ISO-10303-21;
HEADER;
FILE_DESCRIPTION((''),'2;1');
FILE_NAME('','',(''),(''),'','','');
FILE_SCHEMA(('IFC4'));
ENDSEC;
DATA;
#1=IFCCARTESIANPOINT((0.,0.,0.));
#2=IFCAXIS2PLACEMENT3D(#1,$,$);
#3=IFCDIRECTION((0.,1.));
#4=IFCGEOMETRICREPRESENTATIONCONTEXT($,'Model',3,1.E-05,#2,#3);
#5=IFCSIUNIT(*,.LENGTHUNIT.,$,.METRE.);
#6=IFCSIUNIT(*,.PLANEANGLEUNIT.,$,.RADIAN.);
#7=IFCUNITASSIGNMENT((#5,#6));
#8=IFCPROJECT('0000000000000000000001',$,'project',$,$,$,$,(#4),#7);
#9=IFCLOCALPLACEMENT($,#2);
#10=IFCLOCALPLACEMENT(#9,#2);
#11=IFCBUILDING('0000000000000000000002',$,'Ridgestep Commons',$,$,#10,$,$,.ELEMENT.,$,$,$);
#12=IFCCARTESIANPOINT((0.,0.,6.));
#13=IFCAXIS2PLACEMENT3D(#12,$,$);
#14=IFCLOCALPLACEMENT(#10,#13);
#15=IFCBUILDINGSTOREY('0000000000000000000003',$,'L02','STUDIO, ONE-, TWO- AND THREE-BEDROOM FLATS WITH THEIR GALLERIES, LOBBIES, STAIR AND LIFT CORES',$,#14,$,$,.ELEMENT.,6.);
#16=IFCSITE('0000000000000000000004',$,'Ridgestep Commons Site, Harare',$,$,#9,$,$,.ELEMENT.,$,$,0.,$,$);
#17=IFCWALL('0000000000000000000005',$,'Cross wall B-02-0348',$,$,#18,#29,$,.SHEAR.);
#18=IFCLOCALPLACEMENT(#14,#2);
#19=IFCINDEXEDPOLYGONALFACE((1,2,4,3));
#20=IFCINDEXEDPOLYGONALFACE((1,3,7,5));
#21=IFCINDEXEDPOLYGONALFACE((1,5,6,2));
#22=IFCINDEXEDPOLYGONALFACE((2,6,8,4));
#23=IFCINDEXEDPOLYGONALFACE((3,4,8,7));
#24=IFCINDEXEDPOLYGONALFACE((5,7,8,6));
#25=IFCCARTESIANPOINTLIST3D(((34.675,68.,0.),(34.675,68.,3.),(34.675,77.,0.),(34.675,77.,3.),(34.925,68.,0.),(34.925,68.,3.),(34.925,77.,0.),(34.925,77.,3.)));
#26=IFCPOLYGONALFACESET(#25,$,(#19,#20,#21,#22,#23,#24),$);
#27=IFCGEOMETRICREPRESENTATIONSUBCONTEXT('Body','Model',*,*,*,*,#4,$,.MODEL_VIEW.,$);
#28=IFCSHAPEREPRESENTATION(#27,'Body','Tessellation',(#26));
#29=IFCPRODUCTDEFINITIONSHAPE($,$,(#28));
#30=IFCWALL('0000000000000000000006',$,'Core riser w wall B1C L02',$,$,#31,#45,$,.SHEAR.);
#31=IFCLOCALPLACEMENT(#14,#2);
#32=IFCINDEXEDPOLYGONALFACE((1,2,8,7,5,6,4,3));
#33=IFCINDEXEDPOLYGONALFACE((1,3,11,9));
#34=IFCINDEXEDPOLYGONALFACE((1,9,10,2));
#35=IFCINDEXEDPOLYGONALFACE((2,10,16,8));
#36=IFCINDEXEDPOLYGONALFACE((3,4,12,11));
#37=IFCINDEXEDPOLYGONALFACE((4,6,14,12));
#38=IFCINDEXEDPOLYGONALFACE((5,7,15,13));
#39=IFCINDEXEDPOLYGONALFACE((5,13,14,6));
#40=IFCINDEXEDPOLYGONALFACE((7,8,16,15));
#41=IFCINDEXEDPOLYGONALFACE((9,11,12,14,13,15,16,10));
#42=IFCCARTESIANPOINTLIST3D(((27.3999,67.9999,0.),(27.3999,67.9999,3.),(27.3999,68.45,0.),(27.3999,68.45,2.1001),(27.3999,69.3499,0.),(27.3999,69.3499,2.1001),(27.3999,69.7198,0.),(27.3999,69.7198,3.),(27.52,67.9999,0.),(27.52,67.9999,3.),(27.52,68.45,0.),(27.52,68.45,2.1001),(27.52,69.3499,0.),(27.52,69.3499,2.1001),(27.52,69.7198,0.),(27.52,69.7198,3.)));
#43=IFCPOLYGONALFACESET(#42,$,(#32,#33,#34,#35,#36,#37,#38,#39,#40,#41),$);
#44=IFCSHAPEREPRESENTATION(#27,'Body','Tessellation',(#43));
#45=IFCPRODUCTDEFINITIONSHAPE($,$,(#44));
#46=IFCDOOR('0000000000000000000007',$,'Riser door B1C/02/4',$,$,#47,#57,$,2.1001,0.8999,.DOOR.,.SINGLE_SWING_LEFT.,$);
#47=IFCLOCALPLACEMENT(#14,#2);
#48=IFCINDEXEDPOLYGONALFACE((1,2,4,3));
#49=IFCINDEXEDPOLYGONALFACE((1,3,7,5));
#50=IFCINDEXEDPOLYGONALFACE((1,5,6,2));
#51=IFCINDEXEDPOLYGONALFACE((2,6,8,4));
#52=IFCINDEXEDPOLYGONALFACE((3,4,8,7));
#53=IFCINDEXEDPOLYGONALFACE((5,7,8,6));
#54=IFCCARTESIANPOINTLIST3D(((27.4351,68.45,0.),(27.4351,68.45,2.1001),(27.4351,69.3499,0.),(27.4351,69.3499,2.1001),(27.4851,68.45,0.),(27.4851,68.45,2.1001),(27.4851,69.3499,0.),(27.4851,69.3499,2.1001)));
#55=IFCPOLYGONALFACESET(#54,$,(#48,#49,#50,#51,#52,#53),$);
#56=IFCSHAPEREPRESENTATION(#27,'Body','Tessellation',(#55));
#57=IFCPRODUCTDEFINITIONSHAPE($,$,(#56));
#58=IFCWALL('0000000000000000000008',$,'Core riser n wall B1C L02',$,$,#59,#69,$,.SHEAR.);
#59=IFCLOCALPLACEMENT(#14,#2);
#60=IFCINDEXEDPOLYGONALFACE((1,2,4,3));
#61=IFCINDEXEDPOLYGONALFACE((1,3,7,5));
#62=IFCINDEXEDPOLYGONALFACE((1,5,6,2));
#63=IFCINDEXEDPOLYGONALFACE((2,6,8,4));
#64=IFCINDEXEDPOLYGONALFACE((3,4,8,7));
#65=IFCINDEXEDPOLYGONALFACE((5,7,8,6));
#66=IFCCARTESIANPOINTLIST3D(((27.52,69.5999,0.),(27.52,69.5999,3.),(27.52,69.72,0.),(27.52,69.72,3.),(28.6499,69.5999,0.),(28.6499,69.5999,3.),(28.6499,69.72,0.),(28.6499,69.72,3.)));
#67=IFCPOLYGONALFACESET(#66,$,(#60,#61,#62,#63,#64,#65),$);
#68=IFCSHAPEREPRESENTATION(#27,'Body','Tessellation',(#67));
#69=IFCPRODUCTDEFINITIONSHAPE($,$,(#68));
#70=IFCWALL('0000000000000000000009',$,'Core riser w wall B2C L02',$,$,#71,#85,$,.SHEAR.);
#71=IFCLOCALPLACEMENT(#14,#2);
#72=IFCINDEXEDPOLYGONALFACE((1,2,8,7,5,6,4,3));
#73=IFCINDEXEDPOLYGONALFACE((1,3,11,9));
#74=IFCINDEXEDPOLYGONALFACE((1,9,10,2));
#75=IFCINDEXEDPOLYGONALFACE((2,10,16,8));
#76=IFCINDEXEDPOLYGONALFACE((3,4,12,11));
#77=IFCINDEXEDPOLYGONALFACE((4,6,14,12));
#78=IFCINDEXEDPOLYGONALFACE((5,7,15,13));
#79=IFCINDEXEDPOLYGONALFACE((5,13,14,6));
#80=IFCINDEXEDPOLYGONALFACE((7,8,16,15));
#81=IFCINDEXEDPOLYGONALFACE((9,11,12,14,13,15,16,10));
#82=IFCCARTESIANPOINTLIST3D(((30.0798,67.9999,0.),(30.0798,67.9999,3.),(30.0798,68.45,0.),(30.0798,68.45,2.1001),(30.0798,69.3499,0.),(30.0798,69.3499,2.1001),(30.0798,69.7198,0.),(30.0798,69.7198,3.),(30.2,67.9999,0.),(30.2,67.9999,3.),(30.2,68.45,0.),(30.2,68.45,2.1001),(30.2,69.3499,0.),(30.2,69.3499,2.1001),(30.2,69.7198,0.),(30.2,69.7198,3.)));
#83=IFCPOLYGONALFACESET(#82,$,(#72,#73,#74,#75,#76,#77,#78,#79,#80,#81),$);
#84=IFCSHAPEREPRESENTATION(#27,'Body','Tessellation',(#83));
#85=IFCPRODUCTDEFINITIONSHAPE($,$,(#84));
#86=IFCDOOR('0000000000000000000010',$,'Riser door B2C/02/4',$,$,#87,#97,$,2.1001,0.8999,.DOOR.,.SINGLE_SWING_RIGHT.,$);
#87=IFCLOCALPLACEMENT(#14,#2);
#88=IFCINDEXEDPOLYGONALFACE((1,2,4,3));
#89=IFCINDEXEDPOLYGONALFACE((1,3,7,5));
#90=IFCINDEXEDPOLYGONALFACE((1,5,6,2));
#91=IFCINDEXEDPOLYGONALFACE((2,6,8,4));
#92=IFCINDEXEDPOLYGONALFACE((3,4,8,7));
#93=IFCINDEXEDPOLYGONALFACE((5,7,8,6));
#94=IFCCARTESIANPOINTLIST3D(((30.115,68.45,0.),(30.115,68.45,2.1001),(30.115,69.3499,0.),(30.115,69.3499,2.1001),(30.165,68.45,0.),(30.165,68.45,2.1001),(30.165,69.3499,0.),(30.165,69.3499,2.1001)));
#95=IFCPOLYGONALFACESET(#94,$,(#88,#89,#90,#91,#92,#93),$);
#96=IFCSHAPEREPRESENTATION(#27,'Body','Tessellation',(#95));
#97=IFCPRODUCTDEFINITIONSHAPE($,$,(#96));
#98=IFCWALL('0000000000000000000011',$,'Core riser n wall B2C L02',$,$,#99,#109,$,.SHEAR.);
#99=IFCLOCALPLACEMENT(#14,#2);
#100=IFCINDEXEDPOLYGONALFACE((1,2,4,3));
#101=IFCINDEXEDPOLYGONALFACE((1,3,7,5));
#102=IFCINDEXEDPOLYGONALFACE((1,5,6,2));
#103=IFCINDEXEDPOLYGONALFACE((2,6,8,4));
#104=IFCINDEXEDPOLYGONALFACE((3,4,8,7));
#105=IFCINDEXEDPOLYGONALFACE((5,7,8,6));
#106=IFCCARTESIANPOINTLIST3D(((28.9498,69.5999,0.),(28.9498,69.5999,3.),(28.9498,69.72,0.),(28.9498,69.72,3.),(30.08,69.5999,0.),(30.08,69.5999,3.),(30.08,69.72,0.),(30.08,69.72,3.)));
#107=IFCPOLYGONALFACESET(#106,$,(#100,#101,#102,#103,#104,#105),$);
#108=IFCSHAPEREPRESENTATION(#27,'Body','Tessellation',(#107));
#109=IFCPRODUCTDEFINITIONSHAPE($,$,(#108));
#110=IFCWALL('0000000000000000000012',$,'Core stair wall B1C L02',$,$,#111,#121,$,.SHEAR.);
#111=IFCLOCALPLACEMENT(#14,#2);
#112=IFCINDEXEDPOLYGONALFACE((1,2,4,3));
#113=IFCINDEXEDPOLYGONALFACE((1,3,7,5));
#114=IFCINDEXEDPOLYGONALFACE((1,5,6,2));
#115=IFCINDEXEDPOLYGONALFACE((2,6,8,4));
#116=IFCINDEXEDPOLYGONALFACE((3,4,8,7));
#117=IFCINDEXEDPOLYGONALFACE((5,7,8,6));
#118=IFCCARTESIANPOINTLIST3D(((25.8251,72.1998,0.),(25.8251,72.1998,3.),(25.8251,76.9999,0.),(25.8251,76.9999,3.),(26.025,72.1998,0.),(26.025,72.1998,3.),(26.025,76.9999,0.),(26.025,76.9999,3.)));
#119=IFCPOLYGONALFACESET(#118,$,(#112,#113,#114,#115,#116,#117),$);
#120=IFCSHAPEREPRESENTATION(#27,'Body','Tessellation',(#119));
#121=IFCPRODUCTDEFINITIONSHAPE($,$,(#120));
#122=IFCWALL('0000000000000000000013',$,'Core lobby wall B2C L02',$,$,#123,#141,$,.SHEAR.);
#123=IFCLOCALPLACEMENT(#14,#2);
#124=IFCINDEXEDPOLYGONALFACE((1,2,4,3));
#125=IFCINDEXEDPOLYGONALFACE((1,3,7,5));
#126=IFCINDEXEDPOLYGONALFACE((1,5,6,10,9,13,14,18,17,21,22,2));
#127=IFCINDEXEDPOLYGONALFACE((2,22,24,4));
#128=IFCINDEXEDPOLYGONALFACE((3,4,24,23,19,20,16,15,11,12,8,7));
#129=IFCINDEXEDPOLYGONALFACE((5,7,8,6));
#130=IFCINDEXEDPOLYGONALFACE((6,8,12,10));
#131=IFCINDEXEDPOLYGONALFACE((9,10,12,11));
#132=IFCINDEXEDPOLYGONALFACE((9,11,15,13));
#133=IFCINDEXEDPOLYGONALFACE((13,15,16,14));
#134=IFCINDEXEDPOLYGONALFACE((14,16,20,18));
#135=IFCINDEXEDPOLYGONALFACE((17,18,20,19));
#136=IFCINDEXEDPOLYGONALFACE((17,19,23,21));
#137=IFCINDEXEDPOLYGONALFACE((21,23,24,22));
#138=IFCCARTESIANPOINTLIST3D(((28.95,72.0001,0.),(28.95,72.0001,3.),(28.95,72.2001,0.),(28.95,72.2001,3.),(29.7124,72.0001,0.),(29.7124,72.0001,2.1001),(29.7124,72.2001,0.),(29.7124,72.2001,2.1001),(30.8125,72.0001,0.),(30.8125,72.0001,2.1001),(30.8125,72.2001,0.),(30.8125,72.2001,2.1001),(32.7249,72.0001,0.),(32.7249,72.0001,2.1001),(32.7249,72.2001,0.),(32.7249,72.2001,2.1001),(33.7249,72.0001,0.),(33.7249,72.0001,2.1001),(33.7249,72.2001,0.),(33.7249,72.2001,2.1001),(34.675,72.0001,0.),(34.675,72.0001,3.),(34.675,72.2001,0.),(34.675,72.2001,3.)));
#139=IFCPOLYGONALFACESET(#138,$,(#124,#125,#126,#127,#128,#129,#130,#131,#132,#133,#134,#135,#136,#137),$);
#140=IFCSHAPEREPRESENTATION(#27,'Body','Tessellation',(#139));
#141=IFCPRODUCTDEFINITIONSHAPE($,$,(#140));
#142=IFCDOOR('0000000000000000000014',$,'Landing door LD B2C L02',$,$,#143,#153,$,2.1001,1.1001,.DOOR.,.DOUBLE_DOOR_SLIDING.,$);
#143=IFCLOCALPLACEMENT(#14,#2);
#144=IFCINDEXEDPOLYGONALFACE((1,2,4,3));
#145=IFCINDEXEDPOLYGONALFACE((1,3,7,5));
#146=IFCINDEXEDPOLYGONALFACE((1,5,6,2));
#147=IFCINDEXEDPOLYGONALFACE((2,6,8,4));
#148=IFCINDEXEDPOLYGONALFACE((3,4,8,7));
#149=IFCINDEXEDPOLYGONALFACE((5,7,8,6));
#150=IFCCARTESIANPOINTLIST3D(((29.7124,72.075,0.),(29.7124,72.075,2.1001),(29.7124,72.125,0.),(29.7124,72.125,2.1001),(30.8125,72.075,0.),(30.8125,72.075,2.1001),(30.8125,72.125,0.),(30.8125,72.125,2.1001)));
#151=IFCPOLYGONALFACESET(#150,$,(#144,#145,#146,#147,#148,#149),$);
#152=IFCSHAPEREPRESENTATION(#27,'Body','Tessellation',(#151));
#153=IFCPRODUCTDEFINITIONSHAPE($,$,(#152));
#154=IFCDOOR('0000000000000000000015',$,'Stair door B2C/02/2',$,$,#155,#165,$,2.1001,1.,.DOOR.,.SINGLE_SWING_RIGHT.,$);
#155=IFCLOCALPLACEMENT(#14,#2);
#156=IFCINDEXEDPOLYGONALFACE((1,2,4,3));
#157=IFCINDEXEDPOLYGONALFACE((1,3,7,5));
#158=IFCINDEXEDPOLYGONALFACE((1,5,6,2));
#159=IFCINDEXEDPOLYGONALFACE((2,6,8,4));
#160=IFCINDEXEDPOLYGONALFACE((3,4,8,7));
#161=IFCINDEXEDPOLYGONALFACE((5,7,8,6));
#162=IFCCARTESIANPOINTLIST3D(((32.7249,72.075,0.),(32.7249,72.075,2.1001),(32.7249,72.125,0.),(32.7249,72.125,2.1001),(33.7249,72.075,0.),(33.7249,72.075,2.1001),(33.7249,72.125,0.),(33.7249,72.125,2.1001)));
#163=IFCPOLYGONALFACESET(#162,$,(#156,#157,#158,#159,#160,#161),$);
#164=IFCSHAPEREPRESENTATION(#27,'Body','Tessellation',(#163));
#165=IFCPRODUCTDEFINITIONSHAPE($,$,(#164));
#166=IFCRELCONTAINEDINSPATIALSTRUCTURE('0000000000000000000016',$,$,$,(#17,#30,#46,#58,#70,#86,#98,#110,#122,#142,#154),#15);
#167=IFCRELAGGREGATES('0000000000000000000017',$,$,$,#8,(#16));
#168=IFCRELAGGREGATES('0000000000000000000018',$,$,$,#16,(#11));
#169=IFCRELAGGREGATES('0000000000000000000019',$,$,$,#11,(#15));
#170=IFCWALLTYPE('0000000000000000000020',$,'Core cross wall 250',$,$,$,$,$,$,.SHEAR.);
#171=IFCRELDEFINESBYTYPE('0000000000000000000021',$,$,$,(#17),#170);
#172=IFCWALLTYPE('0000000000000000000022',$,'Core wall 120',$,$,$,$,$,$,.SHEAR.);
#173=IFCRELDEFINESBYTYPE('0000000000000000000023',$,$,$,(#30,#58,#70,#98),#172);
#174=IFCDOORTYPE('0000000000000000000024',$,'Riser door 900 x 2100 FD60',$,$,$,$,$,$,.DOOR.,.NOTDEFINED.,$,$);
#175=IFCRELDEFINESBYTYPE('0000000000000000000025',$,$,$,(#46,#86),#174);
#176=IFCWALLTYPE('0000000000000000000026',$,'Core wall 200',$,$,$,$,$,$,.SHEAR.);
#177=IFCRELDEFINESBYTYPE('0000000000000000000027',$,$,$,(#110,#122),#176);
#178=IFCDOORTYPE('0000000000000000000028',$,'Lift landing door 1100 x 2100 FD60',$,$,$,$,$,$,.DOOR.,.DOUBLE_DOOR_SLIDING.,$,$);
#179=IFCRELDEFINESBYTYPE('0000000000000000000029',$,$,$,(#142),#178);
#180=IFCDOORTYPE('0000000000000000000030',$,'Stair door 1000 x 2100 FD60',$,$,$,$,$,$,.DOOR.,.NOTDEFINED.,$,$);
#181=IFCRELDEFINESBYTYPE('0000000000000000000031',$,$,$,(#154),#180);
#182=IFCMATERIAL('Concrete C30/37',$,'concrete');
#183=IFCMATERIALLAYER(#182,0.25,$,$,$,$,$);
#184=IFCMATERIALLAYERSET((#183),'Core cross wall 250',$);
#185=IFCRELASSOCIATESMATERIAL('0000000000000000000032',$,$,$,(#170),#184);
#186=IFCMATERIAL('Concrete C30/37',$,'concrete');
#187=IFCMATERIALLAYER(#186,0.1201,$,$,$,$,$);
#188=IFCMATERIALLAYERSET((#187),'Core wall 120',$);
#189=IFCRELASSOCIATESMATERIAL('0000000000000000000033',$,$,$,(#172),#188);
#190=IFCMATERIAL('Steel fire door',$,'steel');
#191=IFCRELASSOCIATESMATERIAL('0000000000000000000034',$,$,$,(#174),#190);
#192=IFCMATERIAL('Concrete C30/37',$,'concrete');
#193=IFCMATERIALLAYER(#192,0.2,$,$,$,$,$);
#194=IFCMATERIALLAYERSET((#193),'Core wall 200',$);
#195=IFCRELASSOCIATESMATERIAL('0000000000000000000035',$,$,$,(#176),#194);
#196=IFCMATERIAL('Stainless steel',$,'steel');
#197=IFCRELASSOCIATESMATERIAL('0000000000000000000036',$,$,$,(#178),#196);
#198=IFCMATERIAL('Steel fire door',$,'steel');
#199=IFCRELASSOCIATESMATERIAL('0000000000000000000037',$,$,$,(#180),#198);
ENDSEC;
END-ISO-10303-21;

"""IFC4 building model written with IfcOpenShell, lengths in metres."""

from ifc_helpers import new_model, si_unit, direction, frame, frame_2d, origin, place, context, subcontext, project, spatial, rectangle, extrude, material, layer, layer_set, type_object, element, fill, save


model = new_model("IFC4")

# Units and contexts
model_context = context("Model", 3, precision=1e-05, world=origin(), true_north=direction((0.0, 1.0)))
body_context = subcontext(model_context, "Body", "Model", "MODEL_VIEW")
ifc_project = project(units=[si_unit("LENGTHUNIT", "METRE"), si_unit("PLANEANGLEUNIT", "RADIAN")], contexts=[model_context])

# Site, building, storey
site_placement = place(None, origin())
site = spatial("IfcSite", under=ifc_project, at=site_placement, Name="Ridgestep Commons Site, Harare", CompositionType="ELEMENT", RefElevation=0.0)
building_placement = place(site_placement, origin())
building = spatial("IfcBuilding", under=site, at=building_placement, Name="Ridgestep Commons", CompositionType="ELEMENT")
storey_placement = place(building_placement, frame((0.0, 0.0, 6.0)))
storey = spatial("IfcBuildingStorey", under=building, at=storey_placement, Name="L02", Description="STUDIO, ONE-, TWO- AND THREE-BEDROOM FLATS WITH THEIR GALLERIES, LOBBIES, STAIR AND LIFT CORES", CompositionType="ELEMENT", Elevation=6.0)

# Wall
ifc_material_1 = material(Name="Concrete C30/37", Category="concrete")
ifc_layer_1 = layer(ifc_material_1, 0.25)
ifc_layer_set_1 = layer_set([ifc_layer_1], Name="Core cross wall 250")
wall_type_1 = type_object("IfcWallType", Name="Core cross wall 250", PredefinedType="SHEAR", material=ifc_layer_set_1)
wall_1_placement = place(storey_placement, frame((34.8, 68.0, 0.0), z_axis=(0.0, 0.0, 1.0), x_axis=(0.0, 1.0, 0.0)))
element("IfcWall", 1, at=wall_1_placement, inside=storey, type_object=wall_type_1, Name="Cross wall B-02-0348", PredefinedType="SHEAR", context=body_context, shape_type="SweptSolid", body=[
    extrude(rectangle(XDim=9.0, YDim=0.25, at=frame_2d((4.5, 0.0))), origin(), (0.0, 0.0, 1.0), 3.0),
])

# Wall, opening, door
ifc_material_2 = material(Name="Concrete C30/37", Category="concrete")
ifc_layer_2 = layer(ifc_material_2, 0.1201)
ifc_layer_set_2 = layer_set([ifc_layer_2], Name="Core wall 120")
wall_type_2 = type_object("IfcWallType", Name="Core wall 120", PredefinedType="SHEAR", material=ifc_layer_set_2)
wall_2_placement = place(storey_placement, frame((27.46, 68.0, 0.0), z_axis=(0.0, 0.0, 1.0), x_axis=(0.0, 1.0, 0.0)))
wall_2 = element("IfcWall", 2, at=wall_2_placement, inside=storey, type_object=wall_type_2, Name="Core riser w wall B1C L02", PredefinedType="SHEAR", context=body_context, shape_type="SweptSolid", body=[
    extrude(rectangle(XDim=1.72, YDim=0.1201, at=frame_2d((0.8599, 0.0))), origin(), (0.0, 0.0, 1.0), 3.0),
])
opening_1_placement = place(wall_2_placement, frame((0.45, 0.0, 0.0)))
opening_1 = element("IfcOpeningElement", 3, at=opening_1_placement, cuts=wall_2, PredefinedType="OPENING", context=body_context, shape_type="SweptSolid", body=[
    extrude(rectangle(XDim=0.8999, YDim=2.1001, at=frame_2d((0.45, 1.05))), frame((0.0, 0.0701, 0.0), z_axis=(0.0, -1.0, 0.0), x_axis=(1.0, 0.0, 0.0)), (0.0, 0.0, 1.0), 0.1401),
])
ifc_material_3 = material(Name="Steel fire door", Category="steel")
door_type_1 = type_object("IfcDoorType", Name="Riser door 900 x 2100 FD60", OperationType="NOTDEFINED", PredefinedType="DOOR", material=ifc_material_3)
door_1_placement = place(opening_1_placement, origin())
door_1 = element("IfcDoor", 4, at=door_1_placement, inside=storey, type_object=door_type_1, Name="Riser door B1C/02/4", OperationType="SINGLE_SWING_LEFT", OverallHeight=2.1001, OverallWidth=0.8999, PredefinedType="DOOR", context=body_context, shape_type="SweptSolid", body=[
    extrude(rectangle(XDim=0.8999, YDim=2.1001, at=frame_2d((0.45, 1.05))), frame((0.0, 0.0249, 0.0), z_axis=(0.0, -1.0, 0.0), x_axis=(1.0, 0.0, 0.0)), (0.0, 0.0, 1.0), 0.05),
])
fill(opening_1, door_1)

# Wall
wall_3_placement = place(storey_placement, frame((27.52, 69.6599, 0.0), z_axis=(0.0, 0.0, 1.0), x_axis=(1.0, 0.0, 0.0)))
element("IfcWall", 5, at=wall_3_placement, inside=storey, type_object=wall_type_2, Name="Core riser n wall B1C L02", PredefinedType="SHEAR", context=body_context, shape_type="SweptSolid", body=[
    extrude(rectangle(XDim=1.1299, YDim=0.1201, at=frame_2d((0.5649, 0.0))), origin(), (0.0, 0.0, 1.0), 3.0),
])

# Wall, opening, door
wall_4_placement = place(storey_placement, frame((30.1399, 68.0, 0.0), z_axis=(0.0, 0.0, 1.0), x_axis=(0.0, 1.0, 0.0)))
wall_4 = element("IfcWall", 6, at=wall_4_placement, inside=storey, type_object=wall_type_2, Name="Core riser w wall B2C L02", PredefinedType="SHEAR", context=body_context, shape_type="SweptSolid", body=[
    extrude(rectangle(XDim=1.72, YDim=0.1201, at=frame_2d((0.8599, 0.0))), origin(), (0.0, 0.0, 1.0), 3.0),
])
opening_2_placement = place(wall_4_placement, frame((0.45, 0.0, 0.0)))
opening_2 = element("IfcOpeningElement", 7, at=opening_2_placement, cuts=wall_4, PredefinedType="OPENING", context=body_context, shape_type="SweptSolid", body=[
    extrude(rectangle(XDim=0.8999, YDim=2.1001, at=frame_2d((0.45, 1.05))), frame((0.0, 0.0701, 0.0), z_axis=(0.0, -1.0, 0.0), x_axis=(1.0, 0.0, 0.0)), (0.0, 0.0, 1.0), 0.1401),
])
door_2_placement = place(opening_2_placement, origin())
door_2 = element("IfcDoor", 8, at=door_2_placement, inside=storey, type_object=door_type_1, Name="Riser door B2C/02/4", OperationType="SINGLE_SWING_RIGHT", OverallHeight=2.1001, OverallWidth=0.8999, PredefinedType="DOOR", context=body_context, shape_type="SweptSolid", body=[
    extrude(rectangle(XDim=0.8999, YDim=2.1001, at=frame_2d((0.45, 1.05))), frame((0.0, 0.0249, 0.0), z_axis=(0.0, -1.0, 0.0), x_axis=(1.0, 0.0, 0.0)), (0.0, 0.0, 1.0), 0.05),
])
fill(opening_2, door_2)

# Walls
wall_5_placement = place(storey_placement, frame((28.95, 69.6599, 0.0), z_axis=(0.0, 0.0, 1.0), x_axis=(1.0, 0.0, 0.0)))
element("IfcWall", 9, at=wall_5_placement, inside=storey, type_object=wall_type_2, Name="Core riser n wall B2C L02", PredefinedType="SHEAR", context=body_context, shape_type="SweptSolid", body=[
    extrude(rectangle(XDim=1.1301, YDim=0.1201, at=frame_2d((0.5649, 0.0))), origin(), (0.0, 0.0, 1.0), 3.0),
])
ifc_material_4 = material(Name="Concrete C30/37", Category="concrete")
ifc_layer_3 = layer(ifc_material_4, 0.2)
ifc_layer_set_3 = layer_set([ifc_layer_3], Name="Core wall 200")
wall_type_3 = type_object("IfcWallType", Name="Core wall 200", PredefinedType="SHEAR", material=ifc_layer_set_3)
wall_6_placement = place(storey_placement, frame((25.925, 72.2, 0.0), z_axis=(0.0, 0.0, 1.0), x_axis=(0.0, 1.0, 0.0)))
element("IfcWall", 10, at=wall_6_placement, inside=storey, type_object=wall_type_3, Name="Core stair wall B1C L02", PredefinedType="SHEAR", context=body_context, shape_type="SweptSolid", body=[
    extrude(rectangle(XDim=4.8, YDim=0.2, at=frame_2d((2.3999, 0.0))), origin(), (0.0, 0.0, 1.0), 3.0),
])

# Wall, openings, doors
wall_7_placement = place(storey_placement, frame((28.95, 72.1001, 0.0), z_axis=(0.0, 0.0, 1.0), x_axis=(1.0, 0.0, 0.0)))
wall_7 = element("IfcWall", 11, at=wall_7_placement, inside=storey, type_object=wall_type_3, Name="Core lobby wall B2C L02", PredefinedType="SHEAR", context=body_context, shape_type="SweptSolid", body=[
    extrude(rectangle(XDim=5.7251, YDim=0.2, at=frame_2d((2.8625, 0.0))), origin(), (0.0, 0.0, 1.0), 3.0),
])
opening_3_placement = place(wall_7_placement, frame((3.7749, 0.0, 0.0)))
opening_3 = element("IfcOpeningElement", 12, at=opening_3_placement, cuts=wall_7, PredefinedType="OPENING", context=body_context, shape_type="SweptSolid", body=[
    extrude(rectangle(XDim=1.0, YDim=2.1001, at=frame_2d((0.5, 1.05))), frame((0.0, 0.1099, 0.0), z_axis=(0.0, -1.0, 0.0), x_axis=(1.0, 0.0, 0.0)), (0.0, 0.0, 1.0), 0.22),
])
opening_4_placement = place(wall_7_placement, frame((0.7625, 0.0, 0.0)))
opening_4 = element("IfcOpeningElement", 13, at=opening_4_placement, cuts=wall_7, PredefinedType="OPENING", context=body_context, shape_type="SweptSolid", body=[
    extrude(rectangle(XDim=1.1001, YDim=2.1001, at=frame_2d((0.55, 1.05))), frame((0.0, 0.1099, 0.0), z_axis=(0.0, -1.0, 0.0), x_axis=(1.0, 0.0, 0.0)), (0.0, 0.0, 1.0), 0.22),
])
ifc_material_5 = material(Name="Stainless steel", Category="steel")
door_type_2 = type_object("IfcDoorType", Name="Lift landing door 1100 x 2100 FD60", OperationType="DOUBLE_DOOR_SLIDING", PredefinedType="DOOR", material=ifc_material_5)
door_3_placement = place(opening_4_placement, origin())
door_3 = element("IfcDoor", 14, at=door_3_placement, inside=storey, type_object=door_type_2, Name="Landing door LD B2C L02", OperationType="DOUBLE_DOOR_SLIDING", OverallHeight=2.1001, OverallWidth=1.1001, PredefinedType="DOOR", context=body_context, shape_type="SweptSolid", body=[
    extrude(rectangle(XDim=1.1001, YDim=2.1001, at=frame_2d((0.55, 1.05))), frame((0.0, 0.0249, 0.0), z_axis=(0.0, -1.0, 0.0), x_axis=(1.0, 0.0, 0.0)), (0.0, 0.0, 1.0), 0.05),
])
fill(opening_4, door_3)
ifc_material_6 = material(Name="Steel fire door", Category="steel")
door_type_3 = type_object("IfcDoorType", Name="Stair door 1000 x 2100 FD60", OperationType="NOTDEFINED", PredefinedType="DOOR", material=ifc_material_6)
door_4_placement = place(opening_3_placement, origin())
door_4 = element("IfcDoor", 15, at=door_4_placement, inside=storey, type_object=door_type_3, Name="Stair door B2C/02/2", OperationType="SINGLE_SWING_RIGHT", OverallHeight=2.1001, OverallWidth=1.0, PredefinedType="DOOR", context=body_context, shape_type="SweptSolid", body=[
    extrude(rectangle(XDim=1.0, YDim=2.1001, at=frame_2d((0.5, 1.05))), frame((0.0, 0.0249, 0.0), z_axis=(0.0, -1.0, 0.0), x_axis=(1.0, 0.0, 0.0)), (0.0, 0.0, 1.0), 0.05),
])
fill(opening_3, door_4)

save(model, "model.ifc")
